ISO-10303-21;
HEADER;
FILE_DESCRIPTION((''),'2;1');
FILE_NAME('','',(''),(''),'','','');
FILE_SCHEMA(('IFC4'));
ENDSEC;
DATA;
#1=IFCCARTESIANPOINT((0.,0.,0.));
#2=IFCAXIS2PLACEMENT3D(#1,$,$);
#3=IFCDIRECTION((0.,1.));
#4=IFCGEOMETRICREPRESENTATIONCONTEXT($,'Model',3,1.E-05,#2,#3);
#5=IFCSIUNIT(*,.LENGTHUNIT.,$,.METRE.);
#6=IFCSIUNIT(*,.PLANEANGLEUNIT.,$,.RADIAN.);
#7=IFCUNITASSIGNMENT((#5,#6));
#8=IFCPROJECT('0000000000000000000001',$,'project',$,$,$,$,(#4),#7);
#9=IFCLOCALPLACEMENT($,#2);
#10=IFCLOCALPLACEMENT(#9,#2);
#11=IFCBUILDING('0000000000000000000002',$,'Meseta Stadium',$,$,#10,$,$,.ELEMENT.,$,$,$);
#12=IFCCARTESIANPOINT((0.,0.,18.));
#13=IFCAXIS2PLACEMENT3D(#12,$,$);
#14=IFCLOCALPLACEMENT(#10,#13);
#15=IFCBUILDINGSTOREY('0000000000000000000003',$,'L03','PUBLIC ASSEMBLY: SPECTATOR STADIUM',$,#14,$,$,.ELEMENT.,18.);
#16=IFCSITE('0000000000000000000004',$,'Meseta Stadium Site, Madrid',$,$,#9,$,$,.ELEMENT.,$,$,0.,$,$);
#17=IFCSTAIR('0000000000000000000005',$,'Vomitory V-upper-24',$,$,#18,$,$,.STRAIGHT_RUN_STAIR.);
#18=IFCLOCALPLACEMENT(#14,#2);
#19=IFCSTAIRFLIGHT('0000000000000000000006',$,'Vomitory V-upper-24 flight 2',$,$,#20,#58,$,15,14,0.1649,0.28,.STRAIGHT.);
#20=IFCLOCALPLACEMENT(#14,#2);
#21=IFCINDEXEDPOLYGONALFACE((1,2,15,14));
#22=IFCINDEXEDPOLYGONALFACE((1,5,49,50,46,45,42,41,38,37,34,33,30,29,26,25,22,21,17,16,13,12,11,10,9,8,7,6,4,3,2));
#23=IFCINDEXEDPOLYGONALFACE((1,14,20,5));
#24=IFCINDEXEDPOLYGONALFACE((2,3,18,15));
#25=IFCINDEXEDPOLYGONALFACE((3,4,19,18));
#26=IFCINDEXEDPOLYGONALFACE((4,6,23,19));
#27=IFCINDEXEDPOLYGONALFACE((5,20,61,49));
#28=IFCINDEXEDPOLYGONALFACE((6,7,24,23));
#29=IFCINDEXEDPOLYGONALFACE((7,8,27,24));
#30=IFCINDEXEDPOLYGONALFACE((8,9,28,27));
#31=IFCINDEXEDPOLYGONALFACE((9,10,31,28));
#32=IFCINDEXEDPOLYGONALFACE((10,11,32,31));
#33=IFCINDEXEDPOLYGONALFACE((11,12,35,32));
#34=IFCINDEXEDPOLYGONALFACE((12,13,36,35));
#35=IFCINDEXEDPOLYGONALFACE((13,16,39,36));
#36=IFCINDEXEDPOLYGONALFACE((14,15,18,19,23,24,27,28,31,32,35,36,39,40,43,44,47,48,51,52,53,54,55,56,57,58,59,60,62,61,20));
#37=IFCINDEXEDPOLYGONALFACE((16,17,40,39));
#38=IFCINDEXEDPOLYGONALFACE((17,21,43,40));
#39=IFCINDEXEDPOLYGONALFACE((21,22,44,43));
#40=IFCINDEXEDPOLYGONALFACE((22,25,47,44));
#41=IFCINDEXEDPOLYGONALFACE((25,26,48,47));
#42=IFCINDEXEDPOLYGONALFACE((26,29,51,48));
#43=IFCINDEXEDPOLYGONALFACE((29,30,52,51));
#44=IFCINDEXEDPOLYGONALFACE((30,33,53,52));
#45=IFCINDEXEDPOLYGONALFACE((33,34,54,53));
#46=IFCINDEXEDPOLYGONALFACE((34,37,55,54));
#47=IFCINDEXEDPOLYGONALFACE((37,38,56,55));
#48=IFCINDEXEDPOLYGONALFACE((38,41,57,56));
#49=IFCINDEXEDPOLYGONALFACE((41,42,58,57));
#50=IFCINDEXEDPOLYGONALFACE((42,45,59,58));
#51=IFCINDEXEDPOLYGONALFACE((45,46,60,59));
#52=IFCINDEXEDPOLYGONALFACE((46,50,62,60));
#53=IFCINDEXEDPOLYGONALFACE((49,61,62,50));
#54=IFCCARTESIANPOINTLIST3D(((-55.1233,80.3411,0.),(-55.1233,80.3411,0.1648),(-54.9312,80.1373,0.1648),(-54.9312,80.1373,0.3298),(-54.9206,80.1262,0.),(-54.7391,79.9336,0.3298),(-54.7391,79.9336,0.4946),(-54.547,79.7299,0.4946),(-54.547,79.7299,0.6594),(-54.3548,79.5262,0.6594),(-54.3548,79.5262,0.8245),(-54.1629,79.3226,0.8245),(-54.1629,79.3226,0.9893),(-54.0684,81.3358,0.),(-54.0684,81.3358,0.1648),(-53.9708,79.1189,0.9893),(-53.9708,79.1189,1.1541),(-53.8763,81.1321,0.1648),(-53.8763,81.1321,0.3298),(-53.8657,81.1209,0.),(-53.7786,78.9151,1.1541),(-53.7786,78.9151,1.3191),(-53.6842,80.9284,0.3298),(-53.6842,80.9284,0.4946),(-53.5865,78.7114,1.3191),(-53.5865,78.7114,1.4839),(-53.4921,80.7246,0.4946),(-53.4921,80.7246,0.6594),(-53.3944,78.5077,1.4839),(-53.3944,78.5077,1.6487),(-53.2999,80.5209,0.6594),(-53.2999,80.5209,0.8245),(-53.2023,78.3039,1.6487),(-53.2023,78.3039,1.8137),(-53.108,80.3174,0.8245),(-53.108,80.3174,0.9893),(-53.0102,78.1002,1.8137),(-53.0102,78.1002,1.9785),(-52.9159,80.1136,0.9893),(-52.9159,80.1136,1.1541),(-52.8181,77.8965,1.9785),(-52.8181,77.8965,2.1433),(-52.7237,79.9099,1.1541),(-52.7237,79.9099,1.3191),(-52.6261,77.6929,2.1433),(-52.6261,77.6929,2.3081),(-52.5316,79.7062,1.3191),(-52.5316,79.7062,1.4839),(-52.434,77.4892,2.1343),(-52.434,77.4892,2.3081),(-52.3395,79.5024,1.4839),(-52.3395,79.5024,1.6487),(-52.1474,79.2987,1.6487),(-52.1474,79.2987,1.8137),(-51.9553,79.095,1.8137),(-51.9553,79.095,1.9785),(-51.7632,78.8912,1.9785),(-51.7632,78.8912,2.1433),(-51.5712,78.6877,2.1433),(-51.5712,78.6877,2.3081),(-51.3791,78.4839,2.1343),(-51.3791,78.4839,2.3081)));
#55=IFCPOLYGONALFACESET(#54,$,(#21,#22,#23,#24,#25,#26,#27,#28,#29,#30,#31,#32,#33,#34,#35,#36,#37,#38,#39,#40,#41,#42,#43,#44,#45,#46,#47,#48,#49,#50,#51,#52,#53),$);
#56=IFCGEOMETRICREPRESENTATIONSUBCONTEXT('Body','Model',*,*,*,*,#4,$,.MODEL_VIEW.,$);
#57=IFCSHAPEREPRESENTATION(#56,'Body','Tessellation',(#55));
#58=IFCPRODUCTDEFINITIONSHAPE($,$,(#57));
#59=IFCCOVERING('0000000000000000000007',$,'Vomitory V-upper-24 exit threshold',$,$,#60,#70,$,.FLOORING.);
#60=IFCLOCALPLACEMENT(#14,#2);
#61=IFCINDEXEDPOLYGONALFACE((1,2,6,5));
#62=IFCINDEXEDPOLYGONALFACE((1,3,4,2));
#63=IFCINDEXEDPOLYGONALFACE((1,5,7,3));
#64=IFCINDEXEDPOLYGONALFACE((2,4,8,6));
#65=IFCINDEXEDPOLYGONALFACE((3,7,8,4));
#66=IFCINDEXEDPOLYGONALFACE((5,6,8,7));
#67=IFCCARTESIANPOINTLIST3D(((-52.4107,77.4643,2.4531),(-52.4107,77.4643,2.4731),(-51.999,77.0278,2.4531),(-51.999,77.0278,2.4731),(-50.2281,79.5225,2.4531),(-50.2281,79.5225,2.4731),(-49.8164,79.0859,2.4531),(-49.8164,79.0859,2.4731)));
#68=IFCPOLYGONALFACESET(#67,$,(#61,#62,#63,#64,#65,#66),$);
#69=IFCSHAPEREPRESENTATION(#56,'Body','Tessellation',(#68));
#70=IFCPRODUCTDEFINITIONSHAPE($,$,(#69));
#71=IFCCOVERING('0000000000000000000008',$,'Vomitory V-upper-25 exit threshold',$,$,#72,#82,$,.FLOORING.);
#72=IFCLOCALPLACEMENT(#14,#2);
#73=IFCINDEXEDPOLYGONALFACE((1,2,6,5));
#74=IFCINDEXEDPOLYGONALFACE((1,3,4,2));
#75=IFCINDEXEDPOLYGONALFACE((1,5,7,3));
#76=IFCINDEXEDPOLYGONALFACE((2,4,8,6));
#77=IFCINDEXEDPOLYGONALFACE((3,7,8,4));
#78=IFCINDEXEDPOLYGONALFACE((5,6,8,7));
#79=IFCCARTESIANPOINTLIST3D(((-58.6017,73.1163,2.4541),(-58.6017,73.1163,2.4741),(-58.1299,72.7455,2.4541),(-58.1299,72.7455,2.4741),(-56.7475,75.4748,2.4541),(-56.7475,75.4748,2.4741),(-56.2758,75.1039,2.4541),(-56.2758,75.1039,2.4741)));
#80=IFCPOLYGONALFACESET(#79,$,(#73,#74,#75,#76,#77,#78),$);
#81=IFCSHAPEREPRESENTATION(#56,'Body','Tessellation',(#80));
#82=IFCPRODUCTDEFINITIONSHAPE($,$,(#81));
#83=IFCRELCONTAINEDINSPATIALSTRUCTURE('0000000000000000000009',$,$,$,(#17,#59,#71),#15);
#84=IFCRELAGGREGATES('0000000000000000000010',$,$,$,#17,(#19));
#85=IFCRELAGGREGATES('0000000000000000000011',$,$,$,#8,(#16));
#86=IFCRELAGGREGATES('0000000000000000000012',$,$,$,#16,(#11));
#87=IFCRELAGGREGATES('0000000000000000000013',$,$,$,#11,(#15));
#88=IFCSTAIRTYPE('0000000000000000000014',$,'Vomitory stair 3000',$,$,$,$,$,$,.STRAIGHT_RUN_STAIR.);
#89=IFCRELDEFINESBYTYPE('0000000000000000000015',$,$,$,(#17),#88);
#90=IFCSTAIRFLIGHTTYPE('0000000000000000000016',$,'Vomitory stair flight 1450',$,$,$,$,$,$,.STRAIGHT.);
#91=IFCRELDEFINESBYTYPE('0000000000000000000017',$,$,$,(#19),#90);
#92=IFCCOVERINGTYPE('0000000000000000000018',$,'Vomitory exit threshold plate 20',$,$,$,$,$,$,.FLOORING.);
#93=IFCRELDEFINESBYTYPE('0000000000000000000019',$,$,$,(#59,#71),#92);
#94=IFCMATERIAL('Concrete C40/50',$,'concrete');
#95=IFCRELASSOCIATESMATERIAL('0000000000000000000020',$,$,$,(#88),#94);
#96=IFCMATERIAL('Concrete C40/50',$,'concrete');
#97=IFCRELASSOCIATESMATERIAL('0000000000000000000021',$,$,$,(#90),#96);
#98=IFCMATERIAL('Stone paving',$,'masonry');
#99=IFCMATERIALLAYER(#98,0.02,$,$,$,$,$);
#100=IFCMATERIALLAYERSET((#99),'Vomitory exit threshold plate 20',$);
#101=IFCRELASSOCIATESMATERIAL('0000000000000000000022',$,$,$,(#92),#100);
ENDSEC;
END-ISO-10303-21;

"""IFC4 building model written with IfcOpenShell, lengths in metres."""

from ifc_helpers import new_model, si_unit, direction, frame, origin, origin_2d, place, context, subcontext, project, spatial, polyline, rectangle, outline, extrude, material, layer, layer_set, type_object, element, aggregate, save


model = new_model("IFC4")

# Units and contexts
model_context = context("Model", 3, precision=1e-05, world=origin(), true_north=direction((0.0, 1.0)))
body_context = subcontext(model_context, "Body", "Model", "MODEL_VIEW")
ifc_project = project(units=[si_unit("LENGTHUNIT", "METRE"), si_unit("PLANEANGLEUNIT", "RADIAN")], contexts=[model_context])

# Site, building, storey
site_placement = place(None, origin())
site = spatial("IfcSite", under=ifc_project, at=site_placement, Name="Meseta Stadium Site, Madrid", CompositionType="ELEMENT", RefElevation=0.0)
building_placement = place(site_placement, origin())
building = spatial("IfcBuilding", under=site, at=building_placement, Name="Meseta Stadium", CompositionType="ELEMENT")
storey_placement = place(building_placement, frame((0.0, 0.0, 18.0)))
storey = spatial("IfcBuildingStorey", under=building, at=storey_placement, Name="L03", Description="PUBLIC ASSEMBLY: SPECTATOR STADIUM", CompositionType="ELEMENT", Elevation=18.0)

# Stair, stair flight
ifc_material_1 = material(Name="Concrete C40/50", Category="concrete")
stair_type = type_object("IfcStairType", Name="Vomitory stair 3000", PredefinedType="STRAIGHT_RUN_STAIR", material=ifc_material_1)
stair_placement = place(storey_placement, origin())
stair = element("IfcStair", 1, at=stair_placement, inside=storey, type_object=stair_type, Name="Vomitory V-upper-24", PredefinedType="STRAIGHT_RUN_STAIR")
ifc_material_2 = material(Name="Concrete C40/50", Category="concrete")
stair_flight_type = type_object("IfcStairFlightType", Name="Vomitory stair flight 1450", PredefinedType="STRAIGHT", material=ifc_material_2)
stair_flight_1_placement = place(storey_placement, frame((-54.5959, 80.8384, 0.0), z_axis=(0.0, 0.0, 1.0), x_axis=(0.686065, -0.727541, 0.0)))
stair_flight_1 = element("IfcStairFlight", 2, at=stair_flight_1_placement, type_object=stair_flight_type, Name="Vomitory V-upper-24 flight 2", NumberOfRisers=15, NumberOfTreads=14, PredefinedType="STRAIGHT", RiserHeight=0.1649, TreadLength=0.28, context=body_context, shape_type="SweptSolid", body=[
    extrude(outline(polyline([(0.0, 0.0), (0.0, 0.1648), (0.28, 0.1648), (0.28, 0.3298), (0.5601, 0.3298), (0.5601, 0.4946), (0.8401, 0.4946), (0.8401, 0.6594), (1.1201, 0.6594), (1.1201, 0.8245), (1.3999, 0.8245), (1.3999, 0.9893), (1.6799, 0.9893), (1.6799, 1.1541), (1.96, 1.1541), (1.96, 1.3191), (2.24, 1.3191), (2.24, 1.4839), (2.52, 1.4839), (2.52, 1.6487), (2.8, 1.6487), (2.8, 1.8137), (3.0801, 1.8137), (3.0801, 1.9785), (3.3601, 1.9785), (3.3601, 2.1433), (3.6399, 2.1433), (3.6399, 2.3081), (3.9199, 2.3081), (3.9199, 2.1343), (0.2954, 0.0), (0.0, 0.0)])), frame((0.0, 0.7251, 0.0), z_axis=(0.0, -1.0, 0.0), x_axis=(1.0, 0.0, 0.0)), (0.0, 0.0, 1.0), 1.45),
])
aggregate(stair, [stair_flight_1])

# Coverings
ifc_material_3 = material(Name="Stone paving", Category="masonry")
ifc_layer_1 = layer(ifc_material_3, 0.02)
ifc_layer_set_1 = layer_set([ifc_layer_1], Name="Vomitory exit threshold plate 20")
covering_type = type_object("IfcCoveringType", Name="Vomitory exit threshold plate 20", PredefinedType="FLOORING", material=ifc_layer_set_1)
for number, where, z_axis, x_axis, name in (
    (3, (-51.1135, 78.2751, 2.4531), (0.0, 0.0, 1.0), (0.686065, -0.727541, 0.0), "Vomitory V-upper-24 exit threshold"),
    (4, (-57.4387, 74.1101, 2.4541), (0.0, 0.0, 1.0), (0.786142, -0.618046, 0.0), "Vomitory V-upper-25 exit threshold"),
):
    element("IfcCovering", number, at=place(storey_placement, frame(where, z_axis=z_axis, x_axis=x_axis)), inside=storey, type_object=covering_type, Name=name, PredefinedType="FLOORING", context=body_context, shape_type="SweptSolid", body=[
        extrude(rectangle(XDim=0.6001, YDim=3.0, at=origin_2d()), origin(), (0.0, 0.0, 1.0), 0.02),
    ])

save(model, "model.ifc")
